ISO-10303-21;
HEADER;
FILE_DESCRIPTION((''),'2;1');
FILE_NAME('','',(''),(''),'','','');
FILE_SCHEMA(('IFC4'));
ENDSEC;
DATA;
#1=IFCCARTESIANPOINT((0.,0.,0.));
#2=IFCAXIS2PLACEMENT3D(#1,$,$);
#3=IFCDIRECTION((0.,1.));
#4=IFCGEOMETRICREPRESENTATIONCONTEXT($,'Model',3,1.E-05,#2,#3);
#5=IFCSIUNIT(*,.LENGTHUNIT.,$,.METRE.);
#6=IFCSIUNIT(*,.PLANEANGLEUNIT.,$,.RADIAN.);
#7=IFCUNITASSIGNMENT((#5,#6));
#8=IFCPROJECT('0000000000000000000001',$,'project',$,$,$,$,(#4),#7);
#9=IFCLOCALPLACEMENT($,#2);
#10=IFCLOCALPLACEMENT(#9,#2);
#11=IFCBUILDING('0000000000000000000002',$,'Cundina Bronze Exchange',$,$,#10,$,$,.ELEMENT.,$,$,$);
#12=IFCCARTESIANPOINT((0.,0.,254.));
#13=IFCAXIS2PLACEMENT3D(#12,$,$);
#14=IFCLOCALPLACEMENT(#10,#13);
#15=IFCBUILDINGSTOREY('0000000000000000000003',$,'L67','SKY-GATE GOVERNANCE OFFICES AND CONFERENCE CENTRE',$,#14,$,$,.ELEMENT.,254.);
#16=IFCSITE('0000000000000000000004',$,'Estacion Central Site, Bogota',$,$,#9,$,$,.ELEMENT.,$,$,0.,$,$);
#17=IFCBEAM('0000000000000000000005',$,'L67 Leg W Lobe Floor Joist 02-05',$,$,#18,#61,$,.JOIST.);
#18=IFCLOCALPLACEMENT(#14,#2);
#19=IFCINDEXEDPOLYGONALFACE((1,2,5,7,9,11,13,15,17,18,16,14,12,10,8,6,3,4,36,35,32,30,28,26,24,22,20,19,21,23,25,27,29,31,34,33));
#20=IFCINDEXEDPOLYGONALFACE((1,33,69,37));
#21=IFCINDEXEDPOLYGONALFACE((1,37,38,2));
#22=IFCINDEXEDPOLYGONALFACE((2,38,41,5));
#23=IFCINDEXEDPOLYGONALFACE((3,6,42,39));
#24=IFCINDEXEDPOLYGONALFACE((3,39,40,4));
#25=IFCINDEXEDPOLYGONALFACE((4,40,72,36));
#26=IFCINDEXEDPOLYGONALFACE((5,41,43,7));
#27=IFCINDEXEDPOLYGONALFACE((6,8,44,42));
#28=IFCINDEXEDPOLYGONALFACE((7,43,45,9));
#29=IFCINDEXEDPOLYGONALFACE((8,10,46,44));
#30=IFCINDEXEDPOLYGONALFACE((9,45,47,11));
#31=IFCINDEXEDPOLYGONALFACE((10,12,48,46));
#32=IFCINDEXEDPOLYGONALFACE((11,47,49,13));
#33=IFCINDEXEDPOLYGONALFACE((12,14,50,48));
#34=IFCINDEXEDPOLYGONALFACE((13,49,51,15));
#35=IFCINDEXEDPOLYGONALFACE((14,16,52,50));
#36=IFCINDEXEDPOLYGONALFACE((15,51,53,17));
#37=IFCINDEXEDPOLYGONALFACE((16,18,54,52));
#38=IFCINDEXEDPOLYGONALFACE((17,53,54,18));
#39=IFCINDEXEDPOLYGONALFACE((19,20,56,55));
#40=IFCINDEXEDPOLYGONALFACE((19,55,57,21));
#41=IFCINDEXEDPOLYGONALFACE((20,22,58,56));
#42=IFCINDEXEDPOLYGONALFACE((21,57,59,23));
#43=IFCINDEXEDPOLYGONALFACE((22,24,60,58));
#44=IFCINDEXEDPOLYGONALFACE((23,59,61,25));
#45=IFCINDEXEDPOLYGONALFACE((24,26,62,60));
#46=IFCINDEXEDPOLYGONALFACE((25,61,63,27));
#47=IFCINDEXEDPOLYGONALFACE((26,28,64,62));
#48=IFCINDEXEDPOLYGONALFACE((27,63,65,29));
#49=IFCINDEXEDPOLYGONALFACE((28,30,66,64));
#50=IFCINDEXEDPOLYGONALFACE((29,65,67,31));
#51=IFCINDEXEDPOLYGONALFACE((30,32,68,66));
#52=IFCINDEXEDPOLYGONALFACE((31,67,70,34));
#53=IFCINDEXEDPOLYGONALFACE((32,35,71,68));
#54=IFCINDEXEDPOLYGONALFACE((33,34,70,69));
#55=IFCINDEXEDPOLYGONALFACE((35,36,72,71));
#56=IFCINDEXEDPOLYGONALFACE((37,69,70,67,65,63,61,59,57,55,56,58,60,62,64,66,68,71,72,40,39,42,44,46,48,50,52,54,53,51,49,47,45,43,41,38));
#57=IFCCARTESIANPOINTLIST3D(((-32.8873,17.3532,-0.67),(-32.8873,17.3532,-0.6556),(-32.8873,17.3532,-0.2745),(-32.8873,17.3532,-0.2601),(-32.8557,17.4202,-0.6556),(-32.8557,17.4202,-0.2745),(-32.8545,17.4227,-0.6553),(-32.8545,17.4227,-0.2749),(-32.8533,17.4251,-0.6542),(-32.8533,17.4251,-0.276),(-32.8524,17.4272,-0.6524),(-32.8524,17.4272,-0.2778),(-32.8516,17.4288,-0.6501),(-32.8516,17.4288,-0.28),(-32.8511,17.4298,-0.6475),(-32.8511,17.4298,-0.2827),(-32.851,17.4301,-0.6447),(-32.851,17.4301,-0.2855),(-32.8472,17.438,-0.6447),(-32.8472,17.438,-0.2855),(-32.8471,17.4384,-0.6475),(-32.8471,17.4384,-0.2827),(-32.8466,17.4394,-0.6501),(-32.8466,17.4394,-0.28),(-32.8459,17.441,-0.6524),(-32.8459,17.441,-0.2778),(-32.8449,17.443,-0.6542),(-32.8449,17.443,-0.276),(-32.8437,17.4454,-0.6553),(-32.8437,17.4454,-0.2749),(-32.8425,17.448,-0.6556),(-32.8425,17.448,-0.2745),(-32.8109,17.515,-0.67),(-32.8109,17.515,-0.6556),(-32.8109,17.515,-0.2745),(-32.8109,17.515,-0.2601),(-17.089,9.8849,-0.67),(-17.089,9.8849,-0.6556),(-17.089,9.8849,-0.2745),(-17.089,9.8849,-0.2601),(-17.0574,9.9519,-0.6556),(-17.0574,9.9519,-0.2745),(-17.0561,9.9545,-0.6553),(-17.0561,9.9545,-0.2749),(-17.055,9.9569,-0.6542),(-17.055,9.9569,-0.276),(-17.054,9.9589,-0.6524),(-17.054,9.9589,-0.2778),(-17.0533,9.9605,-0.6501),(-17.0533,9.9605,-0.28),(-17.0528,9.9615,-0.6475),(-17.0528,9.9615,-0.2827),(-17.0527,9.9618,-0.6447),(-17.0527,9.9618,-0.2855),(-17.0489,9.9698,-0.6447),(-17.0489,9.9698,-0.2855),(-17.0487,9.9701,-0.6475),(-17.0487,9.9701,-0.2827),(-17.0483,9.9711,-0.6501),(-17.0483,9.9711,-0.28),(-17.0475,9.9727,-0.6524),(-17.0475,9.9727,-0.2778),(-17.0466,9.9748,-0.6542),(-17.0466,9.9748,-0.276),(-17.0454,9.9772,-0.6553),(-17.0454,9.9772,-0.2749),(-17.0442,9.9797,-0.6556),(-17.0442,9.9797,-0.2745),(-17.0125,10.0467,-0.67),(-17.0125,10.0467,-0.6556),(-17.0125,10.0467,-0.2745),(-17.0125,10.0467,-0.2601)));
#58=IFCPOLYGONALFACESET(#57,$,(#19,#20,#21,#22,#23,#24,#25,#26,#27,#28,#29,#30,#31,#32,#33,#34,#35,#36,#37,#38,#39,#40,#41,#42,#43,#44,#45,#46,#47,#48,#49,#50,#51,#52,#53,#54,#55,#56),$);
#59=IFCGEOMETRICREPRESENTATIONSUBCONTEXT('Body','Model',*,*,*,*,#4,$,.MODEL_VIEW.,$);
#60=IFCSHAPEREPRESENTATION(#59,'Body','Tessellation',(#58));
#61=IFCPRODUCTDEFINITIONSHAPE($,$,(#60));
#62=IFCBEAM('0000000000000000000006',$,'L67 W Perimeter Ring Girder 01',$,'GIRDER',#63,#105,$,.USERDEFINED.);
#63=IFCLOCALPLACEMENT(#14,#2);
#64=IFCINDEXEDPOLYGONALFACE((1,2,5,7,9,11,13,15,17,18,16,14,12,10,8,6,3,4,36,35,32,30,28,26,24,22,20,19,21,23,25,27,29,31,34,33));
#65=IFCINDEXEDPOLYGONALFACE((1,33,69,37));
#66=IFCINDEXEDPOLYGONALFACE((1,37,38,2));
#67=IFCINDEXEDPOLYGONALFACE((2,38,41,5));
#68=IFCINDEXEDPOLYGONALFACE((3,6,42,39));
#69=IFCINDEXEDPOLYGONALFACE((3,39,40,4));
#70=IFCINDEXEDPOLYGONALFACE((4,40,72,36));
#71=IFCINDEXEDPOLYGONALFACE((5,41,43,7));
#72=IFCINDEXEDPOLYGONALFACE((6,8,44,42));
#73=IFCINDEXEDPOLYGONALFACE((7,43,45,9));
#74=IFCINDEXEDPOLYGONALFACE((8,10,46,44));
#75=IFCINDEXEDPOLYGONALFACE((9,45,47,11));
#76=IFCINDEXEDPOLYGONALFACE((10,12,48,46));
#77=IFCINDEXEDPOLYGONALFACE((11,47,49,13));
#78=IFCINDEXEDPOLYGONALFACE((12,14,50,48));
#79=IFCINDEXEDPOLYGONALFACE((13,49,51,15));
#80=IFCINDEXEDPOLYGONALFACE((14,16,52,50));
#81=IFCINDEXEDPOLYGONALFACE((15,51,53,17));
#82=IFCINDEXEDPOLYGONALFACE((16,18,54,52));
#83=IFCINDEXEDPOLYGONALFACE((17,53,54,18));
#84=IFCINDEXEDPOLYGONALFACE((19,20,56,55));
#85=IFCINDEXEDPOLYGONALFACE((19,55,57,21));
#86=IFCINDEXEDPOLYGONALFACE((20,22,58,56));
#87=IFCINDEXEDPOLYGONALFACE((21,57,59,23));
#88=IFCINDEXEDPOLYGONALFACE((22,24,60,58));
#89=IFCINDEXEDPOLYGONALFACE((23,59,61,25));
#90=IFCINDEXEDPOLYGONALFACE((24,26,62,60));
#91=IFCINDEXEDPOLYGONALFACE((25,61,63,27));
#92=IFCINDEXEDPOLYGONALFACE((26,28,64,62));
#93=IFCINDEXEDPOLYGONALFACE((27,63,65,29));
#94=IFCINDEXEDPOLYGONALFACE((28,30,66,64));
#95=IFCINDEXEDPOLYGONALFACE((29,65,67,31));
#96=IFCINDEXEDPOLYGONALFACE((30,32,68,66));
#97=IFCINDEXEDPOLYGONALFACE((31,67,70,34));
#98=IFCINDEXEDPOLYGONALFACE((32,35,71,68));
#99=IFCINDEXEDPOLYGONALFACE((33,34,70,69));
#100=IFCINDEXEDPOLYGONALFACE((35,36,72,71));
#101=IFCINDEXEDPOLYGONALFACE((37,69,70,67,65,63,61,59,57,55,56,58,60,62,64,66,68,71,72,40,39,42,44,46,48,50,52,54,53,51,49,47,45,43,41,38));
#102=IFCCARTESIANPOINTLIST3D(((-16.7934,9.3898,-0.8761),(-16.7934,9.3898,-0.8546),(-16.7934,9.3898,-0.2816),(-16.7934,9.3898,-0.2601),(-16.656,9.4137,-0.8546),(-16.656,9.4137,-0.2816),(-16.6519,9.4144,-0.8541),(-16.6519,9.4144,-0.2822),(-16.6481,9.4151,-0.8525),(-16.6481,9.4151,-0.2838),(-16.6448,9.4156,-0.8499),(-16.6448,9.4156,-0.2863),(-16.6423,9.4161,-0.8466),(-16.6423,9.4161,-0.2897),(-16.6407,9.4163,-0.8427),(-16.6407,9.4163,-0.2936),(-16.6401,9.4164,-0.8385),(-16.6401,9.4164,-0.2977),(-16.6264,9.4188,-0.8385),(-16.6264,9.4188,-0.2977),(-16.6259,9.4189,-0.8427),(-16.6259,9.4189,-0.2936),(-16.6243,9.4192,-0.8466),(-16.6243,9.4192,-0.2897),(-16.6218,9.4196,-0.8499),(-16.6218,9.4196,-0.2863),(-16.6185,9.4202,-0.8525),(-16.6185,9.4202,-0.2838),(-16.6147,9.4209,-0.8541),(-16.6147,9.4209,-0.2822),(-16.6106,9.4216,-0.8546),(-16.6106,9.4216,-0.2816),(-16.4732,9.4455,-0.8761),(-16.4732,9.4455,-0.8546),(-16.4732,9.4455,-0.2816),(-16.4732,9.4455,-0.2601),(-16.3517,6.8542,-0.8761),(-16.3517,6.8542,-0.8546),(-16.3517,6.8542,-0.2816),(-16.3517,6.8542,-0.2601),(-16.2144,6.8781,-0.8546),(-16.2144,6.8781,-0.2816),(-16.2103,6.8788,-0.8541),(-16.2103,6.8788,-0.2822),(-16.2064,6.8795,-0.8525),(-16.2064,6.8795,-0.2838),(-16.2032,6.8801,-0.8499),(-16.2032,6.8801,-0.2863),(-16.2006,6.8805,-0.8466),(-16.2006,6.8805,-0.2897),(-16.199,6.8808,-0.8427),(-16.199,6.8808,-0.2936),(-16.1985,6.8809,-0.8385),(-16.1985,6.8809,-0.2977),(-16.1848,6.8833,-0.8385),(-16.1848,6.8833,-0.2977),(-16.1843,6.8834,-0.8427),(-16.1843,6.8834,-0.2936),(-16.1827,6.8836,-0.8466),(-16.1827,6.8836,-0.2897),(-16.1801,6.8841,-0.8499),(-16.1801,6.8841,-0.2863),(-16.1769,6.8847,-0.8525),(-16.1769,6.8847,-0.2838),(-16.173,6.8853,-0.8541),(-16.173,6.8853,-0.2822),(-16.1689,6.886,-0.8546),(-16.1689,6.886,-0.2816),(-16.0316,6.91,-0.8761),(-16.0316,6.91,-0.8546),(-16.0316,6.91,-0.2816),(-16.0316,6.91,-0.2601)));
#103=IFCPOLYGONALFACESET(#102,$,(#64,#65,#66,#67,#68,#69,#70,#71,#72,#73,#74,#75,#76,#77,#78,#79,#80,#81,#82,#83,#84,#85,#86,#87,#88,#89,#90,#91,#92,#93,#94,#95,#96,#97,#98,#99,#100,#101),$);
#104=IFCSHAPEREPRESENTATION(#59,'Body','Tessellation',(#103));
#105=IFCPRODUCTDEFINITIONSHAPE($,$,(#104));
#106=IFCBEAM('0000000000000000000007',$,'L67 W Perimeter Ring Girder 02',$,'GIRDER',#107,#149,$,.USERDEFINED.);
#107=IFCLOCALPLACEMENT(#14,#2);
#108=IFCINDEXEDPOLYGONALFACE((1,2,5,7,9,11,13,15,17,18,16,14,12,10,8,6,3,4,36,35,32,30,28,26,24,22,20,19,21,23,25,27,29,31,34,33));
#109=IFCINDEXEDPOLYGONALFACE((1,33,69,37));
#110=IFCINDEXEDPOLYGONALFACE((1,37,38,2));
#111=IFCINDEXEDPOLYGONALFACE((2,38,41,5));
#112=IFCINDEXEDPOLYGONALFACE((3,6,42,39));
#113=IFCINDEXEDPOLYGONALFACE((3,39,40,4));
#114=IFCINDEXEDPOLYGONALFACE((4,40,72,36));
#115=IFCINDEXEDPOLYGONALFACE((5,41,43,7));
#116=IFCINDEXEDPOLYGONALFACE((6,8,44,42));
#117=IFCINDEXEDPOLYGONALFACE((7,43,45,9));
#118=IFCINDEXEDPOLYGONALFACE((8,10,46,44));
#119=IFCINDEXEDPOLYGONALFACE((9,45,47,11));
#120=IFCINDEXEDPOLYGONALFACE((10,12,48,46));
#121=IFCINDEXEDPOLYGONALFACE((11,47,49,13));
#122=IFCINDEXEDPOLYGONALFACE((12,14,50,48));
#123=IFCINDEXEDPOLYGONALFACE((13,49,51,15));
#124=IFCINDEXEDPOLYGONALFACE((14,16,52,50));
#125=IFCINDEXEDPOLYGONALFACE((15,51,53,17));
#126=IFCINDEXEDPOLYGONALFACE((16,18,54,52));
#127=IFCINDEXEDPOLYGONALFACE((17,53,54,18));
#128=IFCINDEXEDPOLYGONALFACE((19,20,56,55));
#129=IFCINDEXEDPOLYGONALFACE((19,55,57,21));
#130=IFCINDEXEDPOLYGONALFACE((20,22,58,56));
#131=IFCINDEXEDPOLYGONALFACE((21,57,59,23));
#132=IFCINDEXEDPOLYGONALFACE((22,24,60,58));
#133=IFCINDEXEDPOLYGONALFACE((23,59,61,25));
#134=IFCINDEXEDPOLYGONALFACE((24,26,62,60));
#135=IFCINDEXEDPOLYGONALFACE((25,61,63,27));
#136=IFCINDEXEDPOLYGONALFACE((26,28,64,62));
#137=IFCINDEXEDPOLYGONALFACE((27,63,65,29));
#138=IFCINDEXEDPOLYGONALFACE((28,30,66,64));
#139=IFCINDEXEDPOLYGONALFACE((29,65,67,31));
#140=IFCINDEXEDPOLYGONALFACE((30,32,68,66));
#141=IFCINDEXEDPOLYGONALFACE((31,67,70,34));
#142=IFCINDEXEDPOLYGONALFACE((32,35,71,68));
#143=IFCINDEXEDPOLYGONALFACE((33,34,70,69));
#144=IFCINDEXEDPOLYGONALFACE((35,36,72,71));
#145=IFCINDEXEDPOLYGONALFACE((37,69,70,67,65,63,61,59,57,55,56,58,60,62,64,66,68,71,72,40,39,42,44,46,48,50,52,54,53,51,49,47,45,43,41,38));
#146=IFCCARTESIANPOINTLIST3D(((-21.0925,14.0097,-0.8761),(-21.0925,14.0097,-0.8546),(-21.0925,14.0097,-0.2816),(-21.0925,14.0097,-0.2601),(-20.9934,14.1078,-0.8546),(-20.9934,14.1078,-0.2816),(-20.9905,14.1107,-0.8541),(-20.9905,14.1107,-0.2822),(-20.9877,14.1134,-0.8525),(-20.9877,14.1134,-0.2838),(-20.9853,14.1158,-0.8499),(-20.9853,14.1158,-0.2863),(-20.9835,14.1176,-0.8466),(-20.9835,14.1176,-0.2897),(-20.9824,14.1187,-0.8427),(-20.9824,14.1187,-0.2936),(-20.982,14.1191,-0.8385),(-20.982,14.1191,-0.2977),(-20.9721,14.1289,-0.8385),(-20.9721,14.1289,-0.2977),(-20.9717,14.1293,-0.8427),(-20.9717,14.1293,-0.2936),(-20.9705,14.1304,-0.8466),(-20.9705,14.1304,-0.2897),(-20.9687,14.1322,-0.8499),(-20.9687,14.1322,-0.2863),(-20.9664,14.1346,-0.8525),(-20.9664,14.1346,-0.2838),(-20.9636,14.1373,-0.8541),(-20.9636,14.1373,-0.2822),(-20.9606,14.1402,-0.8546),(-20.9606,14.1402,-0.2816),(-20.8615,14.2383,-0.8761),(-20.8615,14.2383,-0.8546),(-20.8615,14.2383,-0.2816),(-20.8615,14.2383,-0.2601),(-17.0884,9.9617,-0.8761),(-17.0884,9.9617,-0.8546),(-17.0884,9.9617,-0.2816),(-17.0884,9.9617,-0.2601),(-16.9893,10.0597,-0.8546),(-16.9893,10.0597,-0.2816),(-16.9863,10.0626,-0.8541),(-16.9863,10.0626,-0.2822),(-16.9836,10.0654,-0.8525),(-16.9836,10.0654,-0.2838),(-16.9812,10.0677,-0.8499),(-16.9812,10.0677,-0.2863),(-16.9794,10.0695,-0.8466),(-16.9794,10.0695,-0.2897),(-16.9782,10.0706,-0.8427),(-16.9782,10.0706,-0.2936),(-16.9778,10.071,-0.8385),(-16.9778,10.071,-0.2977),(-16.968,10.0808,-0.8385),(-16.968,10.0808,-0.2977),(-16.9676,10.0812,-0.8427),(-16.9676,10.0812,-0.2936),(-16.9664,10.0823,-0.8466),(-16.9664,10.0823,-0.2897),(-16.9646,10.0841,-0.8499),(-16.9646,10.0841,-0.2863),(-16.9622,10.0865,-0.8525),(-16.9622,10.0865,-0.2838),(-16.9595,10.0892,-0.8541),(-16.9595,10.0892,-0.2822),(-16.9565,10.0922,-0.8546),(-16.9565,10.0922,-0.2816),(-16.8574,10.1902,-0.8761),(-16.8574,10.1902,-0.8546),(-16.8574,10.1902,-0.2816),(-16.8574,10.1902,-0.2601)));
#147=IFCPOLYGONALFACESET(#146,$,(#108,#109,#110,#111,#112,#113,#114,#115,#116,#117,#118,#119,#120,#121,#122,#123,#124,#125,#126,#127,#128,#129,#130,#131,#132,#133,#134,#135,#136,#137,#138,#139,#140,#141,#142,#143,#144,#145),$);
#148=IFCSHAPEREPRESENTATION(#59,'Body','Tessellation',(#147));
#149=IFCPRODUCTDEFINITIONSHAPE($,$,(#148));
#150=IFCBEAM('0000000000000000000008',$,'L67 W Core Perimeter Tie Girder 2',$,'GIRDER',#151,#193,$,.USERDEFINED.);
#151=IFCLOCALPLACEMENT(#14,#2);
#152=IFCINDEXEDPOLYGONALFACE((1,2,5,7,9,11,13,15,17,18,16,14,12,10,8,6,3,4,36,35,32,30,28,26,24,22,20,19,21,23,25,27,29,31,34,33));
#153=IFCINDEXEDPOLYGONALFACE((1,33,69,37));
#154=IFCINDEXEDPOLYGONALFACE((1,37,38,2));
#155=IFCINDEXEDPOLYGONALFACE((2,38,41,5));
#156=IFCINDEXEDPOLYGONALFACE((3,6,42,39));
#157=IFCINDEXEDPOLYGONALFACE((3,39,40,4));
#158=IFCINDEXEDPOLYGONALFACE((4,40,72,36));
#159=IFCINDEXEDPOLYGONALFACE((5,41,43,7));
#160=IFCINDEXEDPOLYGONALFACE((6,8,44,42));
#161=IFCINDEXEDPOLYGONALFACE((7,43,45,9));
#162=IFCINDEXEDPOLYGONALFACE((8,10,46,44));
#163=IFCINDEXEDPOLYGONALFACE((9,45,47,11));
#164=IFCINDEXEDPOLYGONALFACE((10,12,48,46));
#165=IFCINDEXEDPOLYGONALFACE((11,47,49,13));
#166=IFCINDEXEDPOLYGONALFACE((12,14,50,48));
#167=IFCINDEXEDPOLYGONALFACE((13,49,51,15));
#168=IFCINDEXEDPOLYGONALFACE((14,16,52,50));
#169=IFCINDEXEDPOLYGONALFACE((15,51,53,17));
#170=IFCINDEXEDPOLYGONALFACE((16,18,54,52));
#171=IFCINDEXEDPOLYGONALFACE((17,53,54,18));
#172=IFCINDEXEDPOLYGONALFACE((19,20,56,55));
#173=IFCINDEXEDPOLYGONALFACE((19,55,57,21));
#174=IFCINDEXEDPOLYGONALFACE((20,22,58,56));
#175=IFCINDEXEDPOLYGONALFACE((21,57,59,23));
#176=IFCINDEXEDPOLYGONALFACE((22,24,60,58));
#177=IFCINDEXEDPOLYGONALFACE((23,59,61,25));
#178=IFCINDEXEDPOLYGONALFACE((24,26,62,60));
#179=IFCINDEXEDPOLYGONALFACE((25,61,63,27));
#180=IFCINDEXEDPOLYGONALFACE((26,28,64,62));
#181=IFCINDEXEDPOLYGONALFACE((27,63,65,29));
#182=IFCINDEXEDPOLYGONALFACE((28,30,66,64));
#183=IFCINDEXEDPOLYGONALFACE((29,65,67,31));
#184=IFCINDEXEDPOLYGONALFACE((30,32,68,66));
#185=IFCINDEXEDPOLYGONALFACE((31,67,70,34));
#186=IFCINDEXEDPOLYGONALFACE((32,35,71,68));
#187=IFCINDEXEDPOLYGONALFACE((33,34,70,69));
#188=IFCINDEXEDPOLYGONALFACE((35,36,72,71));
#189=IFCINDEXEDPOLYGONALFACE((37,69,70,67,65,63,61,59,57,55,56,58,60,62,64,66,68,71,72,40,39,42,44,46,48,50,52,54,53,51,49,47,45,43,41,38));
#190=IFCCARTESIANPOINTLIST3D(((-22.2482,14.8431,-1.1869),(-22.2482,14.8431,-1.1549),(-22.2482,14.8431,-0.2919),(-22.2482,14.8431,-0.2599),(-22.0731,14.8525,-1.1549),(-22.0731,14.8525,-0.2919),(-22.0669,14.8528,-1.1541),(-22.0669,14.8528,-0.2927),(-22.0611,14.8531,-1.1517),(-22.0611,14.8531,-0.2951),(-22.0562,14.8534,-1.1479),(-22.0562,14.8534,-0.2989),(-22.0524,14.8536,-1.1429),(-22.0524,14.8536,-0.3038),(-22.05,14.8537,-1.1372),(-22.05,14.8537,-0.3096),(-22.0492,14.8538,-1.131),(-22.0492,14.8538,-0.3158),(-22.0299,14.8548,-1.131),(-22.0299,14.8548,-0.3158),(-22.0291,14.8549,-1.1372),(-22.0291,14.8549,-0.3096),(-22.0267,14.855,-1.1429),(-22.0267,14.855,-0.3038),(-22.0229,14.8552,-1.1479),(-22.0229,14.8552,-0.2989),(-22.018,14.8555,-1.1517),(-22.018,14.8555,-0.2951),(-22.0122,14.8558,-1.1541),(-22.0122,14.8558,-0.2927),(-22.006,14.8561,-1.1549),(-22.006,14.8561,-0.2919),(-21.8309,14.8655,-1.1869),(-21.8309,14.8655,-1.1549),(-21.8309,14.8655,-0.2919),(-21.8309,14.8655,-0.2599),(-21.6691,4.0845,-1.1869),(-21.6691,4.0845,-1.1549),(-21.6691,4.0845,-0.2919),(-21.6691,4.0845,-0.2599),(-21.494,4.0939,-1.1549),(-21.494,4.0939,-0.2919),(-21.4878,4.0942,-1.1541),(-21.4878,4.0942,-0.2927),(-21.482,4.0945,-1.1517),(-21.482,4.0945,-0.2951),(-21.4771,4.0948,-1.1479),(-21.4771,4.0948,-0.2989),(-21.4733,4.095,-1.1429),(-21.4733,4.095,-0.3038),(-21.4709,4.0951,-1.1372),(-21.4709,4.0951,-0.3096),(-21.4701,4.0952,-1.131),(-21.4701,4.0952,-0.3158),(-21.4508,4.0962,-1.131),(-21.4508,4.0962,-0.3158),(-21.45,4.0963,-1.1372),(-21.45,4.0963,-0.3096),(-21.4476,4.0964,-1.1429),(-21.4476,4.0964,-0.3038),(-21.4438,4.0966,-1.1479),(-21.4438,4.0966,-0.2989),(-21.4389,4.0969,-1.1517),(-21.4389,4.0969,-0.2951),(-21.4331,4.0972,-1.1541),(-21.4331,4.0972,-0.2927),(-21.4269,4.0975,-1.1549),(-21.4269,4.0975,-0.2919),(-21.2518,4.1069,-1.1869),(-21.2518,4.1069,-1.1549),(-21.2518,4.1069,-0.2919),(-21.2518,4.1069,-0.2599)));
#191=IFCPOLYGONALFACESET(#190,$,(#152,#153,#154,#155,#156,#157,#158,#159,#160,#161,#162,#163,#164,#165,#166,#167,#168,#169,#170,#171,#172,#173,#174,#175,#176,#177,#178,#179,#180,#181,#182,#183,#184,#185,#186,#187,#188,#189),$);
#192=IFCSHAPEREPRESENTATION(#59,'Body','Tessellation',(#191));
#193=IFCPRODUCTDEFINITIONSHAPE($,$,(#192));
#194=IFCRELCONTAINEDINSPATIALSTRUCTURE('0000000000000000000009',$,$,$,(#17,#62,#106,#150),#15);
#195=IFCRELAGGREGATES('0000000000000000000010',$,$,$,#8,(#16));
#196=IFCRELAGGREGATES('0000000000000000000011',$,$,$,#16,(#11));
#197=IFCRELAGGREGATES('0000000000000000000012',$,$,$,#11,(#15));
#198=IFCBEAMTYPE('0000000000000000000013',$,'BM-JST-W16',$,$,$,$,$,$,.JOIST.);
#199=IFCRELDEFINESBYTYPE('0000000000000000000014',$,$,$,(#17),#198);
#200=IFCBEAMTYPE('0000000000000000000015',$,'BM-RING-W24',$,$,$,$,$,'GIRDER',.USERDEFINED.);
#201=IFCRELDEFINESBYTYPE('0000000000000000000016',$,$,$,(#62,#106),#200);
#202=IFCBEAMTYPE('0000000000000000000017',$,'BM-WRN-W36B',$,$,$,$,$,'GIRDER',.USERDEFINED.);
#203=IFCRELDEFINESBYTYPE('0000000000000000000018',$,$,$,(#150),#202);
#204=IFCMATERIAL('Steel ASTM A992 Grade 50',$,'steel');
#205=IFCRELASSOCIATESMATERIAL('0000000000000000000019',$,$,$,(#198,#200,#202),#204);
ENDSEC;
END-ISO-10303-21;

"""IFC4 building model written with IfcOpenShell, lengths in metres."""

from ifc_helpers import new_model, si_unit, direction, frame, origin, origin_2d, place, context, subcontext, project, spatial, i_section, extrude, material, material_profile, profile_set, type_object, element, save


model = new_model("IFC4")

# Units and contexts
model_context = context("Model", 3, precision=1e-05, world=origin(), true_north=direction((0.0, 1.0)))
body_context = subcontext(model_context, "Body", "Model", "MODEL_VIEW")
ifc_project = project(units=[si_unit("LENGTHUNIT", "METRE"), si_unit("PLANEANGLEUNIT", "RADIAN")], contexts=[model_context])

# Site, building, storey
site_placement = place(None, origin())
site = spatial("IfcSite", under=ifc_project, at=site_placement, Name="Estacion Central Site, Bogota", CompositionType="ELEMENT", RefElevation=0.0)
building_placement = place(site_placement, origin())
building = spatial("IfcBuilding", under=site, at=building_placement, Name="Cundina Bronze Exchange", CompositionType="ELEMENT")
storey_placement = place(building_placement, frame((0.0, 0.0, 254.0)))
storey = spatial("IfcBuildingStorey", under=building, at=storey_placement, Name="L67", Description="SKY-GATE GOVERNANCE OFFICES AND CONFERENCE CENTRE", CompositionType="ELEMENT", Elevation=254.0)

# Beams
ifc_material_1 = material(Name="Steel ASTM A992 Grade 50", Category="steel")
ifc_material_profile_1 = material_profile(ifc_material_1, i_section(OverallWidth=0.179, OverallDepth=0.4099, WebThickness=0.0088, FlangeThickness=0.0144, FilletRadius=0.011, at=origin_2d()), Name="W16X45", Category="steel")
ifc_profile_set_1 = profile_set([ifc_material_profile_1], Name="Steel ASTM A992 Grade 50")
beam_type_1 = type_object("IfcBeamType", Name="BM-JST-W16", PredefinedType="JOIST", material=ifc_profile_set_1)
beam_1_placement = place(storey_placement, frame((-17.0508, 9.9658, -0.4651), z_axis=(-0.904073, 0.427378, 0.0), x_axis=(-0.427378, -0.904073, 0.0)))
element("IfcBeam", 1, at=beam_1_placement, inside=storey, type_object=beam_type_1, Name="L67 Leg W Lobe Floor Joist 02-05", PredefinedType="JOIST", context=body_context, shape_type="SweptSolid", body=[
    extrude(i_section(OverallWidth=0.179, OverallDepth=0.4099, WebThickness=0.0088, FlangeThickness=0.0144, FilletRadius=0.011, at=origin_2d()), origin(), (0.0, 0.0, 1.0), 17.4746),
])
ifc_material_profile_2 = material_profile(ifc_material_1, i_section(OverallWidth=0.325, OverallDepth=0.616, WebThickness=0.0139, FlangeThickness=0.0215, FilletRadius=0.0161, at=origin_2d()), Name="W24X117", Category="steel")
ifc_profile_set_2 = profile_set([ifc_material_profile_2], Name="Steel ASTM A992 Grade 50")
beam_type_2 = type_object("IfcBeamType", Name="BM-RING-W24", ElementType="GIRDER", PredefinedType="USERDEFINED", material=ifc_profile_set_2)
beam_2_placement = place(storey_placement, frame((-16.1917, 6.8821, -0.5681), z_axis=(-0.171593, 0.985168, 0.0), x_axis=(-0.985168, -0.171593, 0.0)))
element("IfcBeam", 2, at=beam_2_placement, inside=storey, type_object=beam_type_2, Name="L67 W Perimeter Ring Girder 01", ObjectType="GIRDER", PredefinedType="USERDEFINED", context=body_context, shape_type="SweptSolid", body=[
    extrude(i_section(OverallWidth=0.325, OverallDepth=0.616, WebThickness=0.0139, FlangeThickness=0.0215, FilletRadius=0.0161, at=origin_2d()), origin(), (0.0, 0.0, 1.0), 2.5737),
])
beam_3_placement = place(storey_placement, frame((-16.9729, 10.0759, -0.5681), z_axis=(-0.703237, 0.710955, 0.0), x_axis=(-0.710955, -0.703237, 0.0)))
element("IfcBeam", 3, at=beam_3_placement, inside=storey, type_object=beam_type_2, Name="L67 W Perimeter Ring Girder 02", ObjectType="GIRDER", PredefinedType="USERDEFINED", context=body_context, shape_type="SweptSolid", body=[
    extrude(i_section(OverallWidth=0.325, OverallDepth=0.616, WebThickness=0.0139, FlangeThickness=0.0215, FilletRadius=0.0161, at=origin_2d()), origin(), (0.0, 0.0, 1.0), 5.6938),
])
ifc_material_profile_3 = material_profile(ifc_material_1, i_section(OverallWidth=0.418, OverallDepth=0.927, WebThickness=0.0193, FlangeThickness=0.032, FilletRadius=0.0239, at=origin_2d()), Name="W36X231", Category="steel")
ifc_profile_set_3 = profile_set([ifc_material_profile_3], Name="Steel ASTM A992 Grade 50")
beam_type_3 = type_object("IfcBeamType", Name="BM-WRN-W36B", ElementType="GIRDER", PredefinedType="USERDEFINED", material=ifc_profile_set_3)
beam_4_placement = place(storey_placement, frame((-21.4604, 4.0957, -0.7234), z_axis=(-0.053749, 0.998554, 0.0), x_axis=(-0.998554, -0.053749, 0.0)))
element("IfcBeam", 4, at=beam_4_placement, inside=storey, type_object=beam_type_3, Name="L67 W Core Perimeter Tie Girder 2", ObjectType="GIRDER", PredefinedType="USERDEFINED", context=body_context, shape_type="SweptSolid", body=[
    extrude(i_section(OverallWidth=0.418, OverallDepth=0.927, WebThickness=0.0193, FlangeThickness=0.032, FilletRadius=0.0239, at=origin_2d()), origin(), (0.0, 0.0, 1.0), 10.7742),
])

save(model, "model.ifc")
